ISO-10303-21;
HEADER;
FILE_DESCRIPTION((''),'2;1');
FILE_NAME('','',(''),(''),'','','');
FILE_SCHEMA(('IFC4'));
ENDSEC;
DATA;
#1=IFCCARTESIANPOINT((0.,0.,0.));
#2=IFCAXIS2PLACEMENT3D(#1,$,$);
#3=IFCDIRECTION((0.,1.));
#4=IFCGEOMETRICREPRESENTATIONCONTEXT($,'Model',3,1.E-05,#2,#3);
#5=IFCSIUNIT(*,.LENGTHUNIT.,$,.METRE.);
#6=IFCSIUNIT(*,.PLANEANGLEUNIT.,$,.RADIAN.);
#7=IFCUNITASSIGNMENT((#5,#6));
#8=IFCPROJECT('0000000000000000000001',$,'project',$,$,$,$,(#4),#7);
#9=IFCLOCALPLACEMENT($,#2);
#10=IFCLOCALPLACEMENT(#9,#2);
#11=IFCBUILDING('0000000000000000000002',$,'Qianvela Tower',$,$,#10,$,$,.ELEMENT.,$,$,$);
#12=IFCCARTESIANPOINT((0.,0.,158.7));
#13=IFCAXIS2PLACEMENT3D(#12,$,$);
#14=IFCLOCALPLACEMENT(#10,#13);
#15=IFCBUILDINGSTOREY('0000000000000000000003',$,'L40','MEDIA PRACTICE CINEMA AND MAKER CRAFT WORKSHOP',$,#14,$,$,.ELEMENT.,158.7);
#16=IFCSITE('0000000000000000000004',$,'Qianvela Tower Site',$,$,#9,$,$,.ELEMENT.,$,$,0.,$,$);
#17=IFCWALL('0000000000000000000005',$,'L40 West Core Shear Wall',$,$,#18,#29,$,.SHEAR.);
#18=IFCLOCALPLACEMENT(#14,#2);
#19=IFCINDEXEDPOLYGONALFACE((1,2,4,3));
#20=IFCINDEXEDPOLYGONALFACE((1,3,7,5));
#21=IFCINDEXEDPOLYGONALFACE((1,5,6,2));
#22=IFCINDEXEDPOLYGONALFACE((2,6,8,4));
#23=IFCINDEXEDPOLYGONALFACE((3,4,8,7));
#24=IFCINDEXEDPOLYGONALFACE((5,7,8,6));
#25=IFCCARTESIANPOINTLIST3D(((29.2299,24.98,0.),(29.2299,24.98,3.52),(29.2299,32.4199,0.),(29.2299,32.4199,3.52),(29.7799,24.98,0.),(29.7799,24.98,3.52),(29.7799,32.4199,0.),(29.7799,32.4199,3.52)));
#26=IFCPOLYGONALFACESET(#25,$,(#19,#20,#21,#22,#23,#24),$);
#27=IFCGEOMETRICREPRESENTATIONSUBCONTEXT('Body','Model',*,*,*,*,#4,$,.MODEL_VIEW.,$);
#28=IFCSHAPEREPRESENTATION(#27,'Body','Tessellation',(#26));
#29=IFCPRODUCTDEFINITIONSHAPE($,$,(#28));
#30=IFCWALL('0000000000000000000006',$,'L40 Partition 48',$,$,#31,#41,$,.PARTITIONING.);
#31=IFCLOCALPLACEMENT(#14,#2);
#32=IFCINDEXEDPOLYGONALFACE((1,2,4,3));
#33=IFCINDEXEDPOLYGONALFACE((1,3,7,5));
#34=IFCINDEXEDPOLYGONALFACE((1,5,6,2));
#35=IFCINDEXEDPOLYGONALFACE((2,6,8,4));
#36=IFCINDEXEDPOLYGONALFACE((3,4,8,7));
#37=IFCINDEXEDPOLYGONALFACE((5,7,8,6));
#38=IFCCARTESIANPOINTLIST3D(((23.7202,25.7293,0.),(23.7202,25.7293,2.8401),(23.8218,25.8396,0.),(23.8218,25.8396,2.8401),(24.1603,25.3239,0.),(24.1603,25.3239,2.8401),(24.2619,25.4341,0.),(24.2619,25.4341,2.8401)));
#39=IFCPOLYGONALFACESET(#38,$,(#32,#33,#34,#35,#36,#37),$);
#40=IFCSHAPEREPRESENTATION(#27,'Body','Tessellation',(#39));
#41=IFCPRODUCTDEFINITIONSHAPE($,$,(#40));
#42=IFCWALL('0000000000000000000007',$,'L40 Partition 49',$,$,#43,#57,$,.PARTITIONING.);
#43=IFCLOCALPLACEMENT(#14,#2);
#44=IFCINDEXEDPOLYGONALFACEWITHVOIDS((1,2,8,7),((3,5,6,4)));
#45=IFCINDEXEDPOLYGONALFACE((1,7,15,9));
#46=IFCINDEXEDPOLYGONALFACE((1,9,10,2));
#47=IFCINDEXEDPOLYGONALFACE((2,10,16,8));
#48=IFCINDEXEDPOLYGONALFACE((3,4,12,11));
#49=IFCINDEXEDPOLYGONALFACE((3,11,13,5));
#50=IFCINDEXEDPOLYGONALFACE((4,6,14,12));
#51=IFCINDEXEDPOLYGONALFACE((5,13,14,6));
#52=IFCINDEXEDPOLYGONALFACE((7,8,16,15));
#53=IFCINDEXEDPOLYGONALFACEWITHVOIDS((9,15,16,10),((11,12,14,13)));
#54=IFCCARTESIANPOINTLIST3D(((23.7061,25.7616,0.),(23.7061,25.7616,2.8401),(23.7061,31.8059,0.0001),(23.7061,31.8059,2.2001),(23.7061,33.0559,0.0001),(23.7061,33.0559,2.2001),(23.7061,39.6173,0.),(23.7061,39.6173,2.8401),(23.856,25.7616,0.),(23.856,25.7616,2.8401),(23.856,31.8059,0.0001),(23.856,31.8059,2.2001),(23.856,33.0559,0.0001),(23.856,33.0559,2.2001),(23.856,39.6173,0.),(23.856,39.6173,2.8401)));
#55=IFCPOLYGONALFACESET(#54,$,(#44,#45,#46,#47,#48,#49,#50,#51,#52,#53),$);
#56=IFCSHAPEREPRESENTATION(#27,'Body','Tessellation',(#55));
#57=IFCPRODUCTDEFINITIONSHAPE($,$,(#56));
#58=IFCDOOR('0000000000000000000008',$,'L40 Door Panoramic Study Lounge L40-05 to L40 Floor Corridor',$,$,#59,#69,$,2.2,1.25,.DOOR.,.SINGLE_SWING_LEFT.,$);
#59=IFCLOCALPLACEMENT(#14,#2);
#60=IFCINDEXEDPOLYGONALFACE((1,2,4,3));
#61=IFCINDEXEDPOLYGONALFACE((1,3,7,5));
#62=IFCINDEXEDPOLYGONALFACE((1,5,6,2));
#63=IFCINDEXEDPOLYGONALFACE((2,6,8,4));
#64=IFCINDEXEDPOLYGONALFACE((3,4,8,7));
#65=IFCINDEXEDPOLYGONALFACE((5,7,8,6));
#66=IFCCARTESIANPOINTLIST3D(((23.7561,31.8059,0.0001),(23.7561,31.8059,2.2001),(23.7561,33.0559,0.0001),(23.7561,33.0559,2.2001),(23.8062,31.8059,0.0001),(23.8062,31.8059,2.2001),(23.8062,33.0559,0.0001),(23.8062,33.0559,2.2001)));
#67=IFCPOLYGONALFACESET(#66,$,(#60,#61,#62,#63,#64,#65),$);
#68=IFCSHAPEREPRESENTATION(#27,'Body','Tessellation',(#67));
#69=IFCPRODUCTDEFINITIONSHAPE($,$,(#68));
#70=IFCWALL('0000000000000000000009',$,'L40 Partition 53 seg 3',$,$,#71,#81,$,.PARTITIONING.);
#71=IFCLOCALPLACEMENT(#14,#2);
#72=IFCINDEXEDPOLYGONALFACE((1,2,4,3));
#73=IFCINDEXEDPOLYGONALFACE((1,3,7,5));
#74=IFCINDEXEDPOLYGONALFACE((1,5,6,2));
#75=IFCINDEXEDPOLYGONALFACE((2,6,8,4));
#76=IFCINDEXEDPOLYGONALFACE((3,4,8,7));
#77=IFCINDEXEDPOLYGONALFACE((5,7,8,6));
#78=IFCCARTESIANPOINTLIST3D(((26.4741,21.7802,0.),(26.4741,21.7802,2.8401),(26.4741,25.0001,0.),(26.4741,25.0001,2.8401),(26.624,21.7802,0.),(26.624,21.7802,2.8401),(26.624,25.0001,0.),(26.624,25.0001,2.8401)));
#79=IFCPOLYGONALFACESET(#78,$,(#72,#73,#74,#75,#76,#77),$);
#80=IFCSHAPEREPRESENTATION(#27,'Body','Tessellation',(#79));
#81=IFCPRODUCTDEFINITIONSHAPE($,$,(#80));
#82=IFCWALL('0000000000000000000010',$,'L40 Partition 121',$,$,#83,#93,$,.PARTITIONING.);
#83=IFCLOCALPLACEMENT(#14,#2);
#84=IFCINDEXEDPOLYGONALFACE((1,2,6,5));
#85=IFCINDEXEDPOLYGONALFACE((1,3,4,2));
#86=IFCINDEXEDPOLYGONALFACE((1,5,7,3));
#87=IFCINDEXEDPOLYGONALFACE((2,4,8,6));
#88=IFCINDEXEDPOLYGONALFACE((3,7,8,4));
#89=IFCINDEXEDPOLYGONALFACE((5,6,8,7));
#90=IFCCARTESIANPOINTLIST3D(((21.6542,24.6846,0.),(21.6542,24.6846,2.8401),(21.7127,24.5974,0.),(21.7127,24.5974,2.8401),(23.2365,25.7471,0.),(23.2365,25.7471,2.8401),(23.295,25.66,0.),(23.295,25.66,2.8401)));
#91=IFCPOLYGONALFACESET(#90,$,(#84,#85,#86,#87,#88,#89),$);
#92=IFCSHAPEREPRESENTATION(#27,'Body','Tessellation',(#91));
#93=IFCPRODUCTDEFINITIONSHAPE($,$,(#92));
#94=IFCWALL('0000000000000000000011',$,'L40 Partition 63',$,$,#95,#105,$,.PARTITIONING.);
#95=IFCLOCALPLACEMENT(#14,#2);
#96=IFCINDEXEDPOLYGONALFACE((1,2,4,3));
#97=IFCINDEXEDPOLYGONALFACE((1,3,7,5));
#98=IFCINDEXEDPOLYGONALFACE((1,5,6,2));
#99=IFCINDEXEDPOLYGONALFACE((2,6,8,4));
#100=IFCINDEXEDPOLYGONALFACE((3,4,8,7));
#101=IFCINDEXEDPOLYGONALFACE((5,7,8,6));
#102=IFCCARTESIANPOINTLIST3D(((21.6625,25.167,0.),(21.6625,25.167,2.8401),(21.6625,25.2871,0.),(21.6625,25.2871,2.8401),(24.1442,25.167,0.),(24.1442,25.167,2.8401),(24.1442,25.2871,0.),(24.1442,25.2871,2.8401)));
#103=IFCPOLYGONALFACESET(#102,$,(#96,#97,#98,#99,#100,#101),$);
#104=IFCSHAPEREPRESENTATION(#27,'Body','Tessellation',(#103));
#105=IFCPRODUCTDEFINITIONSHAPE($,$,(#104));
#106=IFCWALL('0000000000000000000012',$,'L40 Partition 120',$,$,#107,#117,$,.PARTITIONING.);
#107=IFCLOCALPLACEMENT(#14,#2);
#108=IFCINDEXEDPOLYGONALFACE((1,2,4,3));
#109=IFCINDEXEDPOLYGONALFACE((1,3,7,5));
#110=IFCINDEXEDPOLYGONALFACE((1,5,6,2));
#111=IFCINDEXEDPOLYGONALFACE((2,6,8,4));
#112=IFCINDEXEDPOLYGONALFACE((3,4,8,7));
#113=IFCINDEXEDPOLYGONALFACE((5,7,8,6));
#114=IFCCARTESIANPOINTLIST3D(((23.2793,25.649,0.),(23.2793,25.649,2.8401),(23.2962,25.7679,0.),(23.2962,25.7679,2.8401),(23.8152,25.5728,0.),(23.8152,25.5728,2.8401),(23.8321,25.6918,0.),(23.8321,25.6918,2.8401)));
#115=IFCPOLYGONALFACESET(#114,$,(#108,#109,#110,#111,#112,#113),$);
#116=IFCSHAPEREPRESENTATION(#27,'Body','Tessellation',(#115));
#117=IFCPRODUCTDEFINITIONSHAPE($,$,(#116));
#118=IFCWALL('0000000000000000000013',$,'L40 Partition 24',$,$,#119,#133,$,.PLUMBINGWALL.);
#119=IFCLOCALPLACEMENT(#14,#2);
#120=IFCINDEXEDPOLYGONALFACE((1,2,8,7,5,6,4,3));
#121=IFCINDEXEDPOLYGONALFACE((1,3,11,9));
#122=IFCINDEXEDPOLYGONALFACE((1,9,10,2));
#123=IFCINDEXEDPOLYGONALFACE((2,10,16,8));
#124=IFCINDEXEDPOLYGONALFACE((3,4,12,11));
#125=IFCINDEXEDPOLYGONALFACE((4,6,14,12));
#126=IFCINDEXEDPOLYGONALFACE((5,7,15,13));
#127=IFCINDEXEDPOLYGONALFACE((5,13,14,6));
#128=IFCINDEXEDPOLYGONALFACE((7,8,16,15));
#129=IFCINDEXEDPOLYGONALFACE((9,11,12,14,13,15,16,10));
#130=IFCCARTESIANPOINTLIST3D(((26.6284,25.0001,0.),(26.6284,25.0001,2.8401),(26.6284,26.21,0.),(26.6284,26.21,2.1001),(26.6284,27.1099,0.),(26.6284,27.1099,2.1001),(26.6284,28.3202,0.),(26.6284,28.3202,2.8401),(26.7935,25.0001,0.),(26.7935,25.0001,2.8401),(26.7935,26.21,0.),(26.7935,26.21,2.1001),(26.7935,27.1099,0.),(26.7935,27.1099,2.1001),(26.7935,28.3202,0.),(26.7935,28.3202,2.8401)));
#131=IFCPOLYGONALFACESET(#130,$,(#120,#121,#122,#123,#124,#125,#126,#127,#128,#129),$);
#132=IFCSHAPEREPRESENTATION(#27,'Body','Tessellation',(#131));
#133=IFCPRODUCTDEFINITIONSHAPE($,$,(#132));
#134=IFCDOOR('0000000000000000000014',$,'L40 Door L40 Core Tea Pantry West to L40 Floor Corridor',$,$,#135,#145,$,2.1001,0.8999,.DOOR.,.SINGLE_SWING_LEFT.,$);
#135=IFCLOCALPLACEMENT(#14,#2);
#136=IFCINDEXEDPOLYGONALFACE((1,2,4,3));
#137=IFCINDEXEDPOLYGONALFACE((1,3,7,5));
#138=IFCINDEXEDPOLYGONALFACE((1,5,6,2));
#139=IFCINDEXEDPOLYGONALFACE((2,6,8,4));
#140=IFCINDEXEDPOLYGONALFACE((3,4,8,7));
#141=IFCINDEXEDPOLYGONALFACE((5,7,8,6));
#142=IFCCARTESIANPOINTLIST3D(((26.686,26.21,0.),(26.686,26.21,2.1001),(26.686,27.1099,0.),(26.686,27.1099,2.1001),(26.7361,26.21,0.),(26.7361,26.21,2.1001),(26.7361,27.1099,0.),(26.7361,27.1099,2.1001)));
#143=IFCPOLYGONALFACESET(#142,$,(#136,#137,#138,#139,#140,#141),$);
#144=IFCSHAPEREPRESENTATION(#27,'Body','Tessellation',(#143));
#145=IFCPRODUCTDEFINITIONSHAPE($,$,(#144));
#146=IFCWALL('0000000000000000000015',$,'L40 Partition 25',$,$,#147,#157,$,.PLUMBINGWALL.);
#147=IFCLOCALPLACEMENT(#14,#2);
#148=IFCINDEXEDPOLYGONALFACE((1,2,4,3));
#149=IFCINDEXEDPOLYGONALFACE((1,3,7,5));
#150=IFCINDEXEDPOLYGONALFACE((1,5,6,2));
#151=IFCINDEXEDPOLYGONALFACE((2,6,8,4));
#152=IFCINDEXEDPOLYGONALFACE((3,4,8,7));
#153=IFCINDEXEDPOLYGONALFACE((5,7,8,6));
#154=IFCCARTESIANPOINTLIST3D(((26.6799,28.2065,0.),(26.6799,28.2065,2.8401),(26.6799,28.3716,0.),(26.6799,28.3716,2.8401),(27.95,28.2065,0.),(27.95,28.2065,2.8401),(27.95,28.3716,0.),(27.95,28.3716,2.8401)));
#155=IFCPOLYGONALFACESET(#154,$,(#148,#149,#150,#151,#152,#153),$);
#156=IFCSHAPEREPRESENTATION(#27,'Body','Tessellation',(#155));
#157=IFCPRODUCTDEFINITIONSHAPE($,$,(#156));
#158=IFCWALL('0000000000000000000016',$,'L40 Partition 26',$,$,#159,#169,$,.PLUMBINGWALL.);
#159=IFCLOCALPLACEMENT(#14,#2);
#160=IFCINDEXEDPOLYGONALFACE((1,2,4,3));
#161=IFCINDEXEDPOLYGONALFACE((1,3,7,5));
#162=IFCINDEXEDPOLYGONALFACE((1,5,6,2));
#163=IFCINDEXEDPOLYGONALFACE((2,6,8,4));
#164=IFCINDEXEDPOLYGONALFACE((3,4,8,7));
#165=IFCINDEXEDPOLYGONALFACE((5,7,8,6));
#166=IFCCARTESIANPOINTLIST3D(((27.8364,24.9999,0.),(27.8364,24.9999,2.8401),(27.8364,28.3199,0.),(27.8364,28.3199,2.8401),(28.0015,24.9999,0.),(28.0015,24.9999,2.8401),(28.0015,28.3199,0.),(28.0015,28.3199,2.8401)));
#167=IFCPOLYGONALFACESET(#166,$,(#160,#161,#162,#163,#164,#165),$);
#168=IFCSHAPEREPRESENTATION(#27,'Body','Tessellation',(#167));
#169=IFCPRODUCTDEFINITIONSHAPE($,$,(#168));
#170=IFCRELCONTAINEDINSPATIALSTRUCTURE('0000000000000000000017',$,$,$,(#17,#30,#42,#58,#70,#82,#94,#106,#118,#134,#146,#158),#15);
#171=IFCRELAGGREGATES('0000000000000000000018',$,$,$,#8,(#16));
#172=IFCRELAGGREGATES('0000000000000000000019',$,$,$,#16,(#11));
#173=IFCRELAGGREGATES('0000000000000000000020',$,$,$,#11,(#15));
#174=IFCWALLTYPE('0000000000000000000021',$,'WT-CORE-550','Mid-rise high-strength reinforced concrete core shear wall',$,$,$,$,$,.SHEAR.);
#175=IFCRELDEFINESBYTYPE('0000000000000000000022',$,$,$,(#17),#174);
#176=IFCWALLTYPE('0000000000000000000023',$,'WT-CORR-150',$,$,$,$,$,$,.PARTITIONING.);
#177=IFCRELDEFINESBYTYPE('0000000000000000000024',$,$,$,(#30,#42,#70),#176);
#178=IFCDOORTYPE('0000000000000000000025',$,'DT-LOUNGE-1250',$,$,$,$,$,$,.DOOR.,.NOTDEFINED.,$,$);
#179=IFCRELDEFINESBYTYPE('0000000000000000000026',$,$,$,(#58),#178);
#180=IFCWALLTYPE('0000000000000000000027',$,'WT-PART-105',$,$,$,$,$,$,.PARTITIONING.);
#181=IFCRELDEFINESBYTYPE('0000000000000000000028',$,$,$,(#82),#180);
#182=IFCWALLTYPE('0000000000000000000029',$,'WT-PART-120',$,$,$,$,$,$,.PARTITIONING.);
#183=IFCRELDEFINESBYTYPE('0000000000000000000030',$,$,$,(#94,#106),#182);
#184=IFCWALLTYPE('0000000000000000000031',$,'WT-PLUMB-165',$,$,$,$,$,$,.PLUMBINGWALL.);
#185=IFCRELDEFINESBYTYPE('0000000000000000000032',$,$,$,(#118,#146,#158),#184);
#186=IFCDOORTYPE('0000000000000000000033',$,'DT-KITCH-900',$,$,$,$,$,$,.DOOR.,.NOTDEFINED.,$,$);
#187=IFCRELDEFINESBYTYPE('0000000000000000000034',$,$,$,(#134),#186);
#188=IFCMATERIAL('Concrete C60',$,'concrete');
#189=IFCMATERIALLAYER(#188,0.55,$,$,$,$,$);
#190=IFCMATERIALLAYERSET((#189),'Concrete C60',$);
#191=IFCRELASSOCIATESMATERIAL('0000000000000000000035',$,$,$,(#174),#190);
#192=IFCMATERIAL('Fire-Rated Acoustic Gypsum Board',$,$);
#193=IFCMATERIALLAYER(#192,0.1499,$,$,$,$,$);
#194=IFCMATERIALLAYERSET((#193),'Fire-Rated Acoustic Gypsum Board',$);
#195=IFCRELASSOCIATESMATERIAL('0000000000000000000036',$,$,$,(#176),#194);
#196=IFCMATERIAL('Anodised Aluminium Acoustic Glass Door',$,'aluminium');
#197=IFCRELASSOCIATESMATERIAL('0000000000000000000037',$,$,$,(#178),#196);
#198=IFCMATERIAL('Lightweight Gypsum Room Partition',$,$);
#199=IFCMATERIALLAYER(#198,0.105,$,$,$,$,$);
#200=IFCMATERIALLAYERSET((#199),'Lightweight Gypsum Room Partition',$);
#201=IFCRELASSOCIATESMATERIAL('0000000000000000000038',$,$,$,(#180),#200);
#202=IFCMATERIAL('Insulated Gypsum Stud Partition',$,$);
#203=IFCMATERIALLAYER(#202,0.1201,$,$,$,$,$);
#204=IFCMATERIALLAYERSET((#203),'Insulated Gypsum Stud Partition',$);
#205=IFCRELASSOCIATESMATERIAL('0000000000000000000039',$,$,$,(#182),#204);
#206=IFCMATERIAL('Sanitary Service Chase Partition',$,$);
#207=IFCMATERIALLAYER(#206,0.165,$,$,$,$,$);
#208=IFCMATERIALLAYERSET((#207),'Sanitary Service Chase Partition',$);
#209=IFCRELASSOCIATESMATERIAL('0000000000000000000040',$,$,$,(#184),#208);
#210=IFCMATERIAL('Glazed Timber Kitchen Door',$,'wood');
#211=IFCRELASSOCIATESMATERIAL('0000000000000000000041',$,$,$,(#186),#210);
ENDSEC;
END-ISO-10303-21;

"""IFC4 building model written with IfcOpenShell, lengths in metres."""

from ifc_helpers import new_model, si_unit, direction, frame, frame_2d, origin, place, context, subcontext, project, spatial, rectangle, extrude, material, layer, layer_set, type_object, element, fill, save


model = new_model("IFC4")

# Units and contexts
model_context = context("Model", 3, precision=1e-05, world=origin(), true_north=direction((0.0, 1.0)))
body_context = subcontext(model_context, "Body", "Model", "MODEL_VIEW")
ifc_project = project(units=[si_unit("LENGTHUNIT", "METRE"), si_unit("PLANEANGLEUNIT", "RADIAN")], contexts=[model_context])

# Site, building, storey
site_placement = place(None, origin())
site = spatial("IfcSite", under=ifc_project, at=site_placement, Name="Qianvela Tower Site", CompositionType="ELEMENT", RefElevation=0.0)
building_placement = place(site_placement, origin())
building = spatial("IfcBuilding", under=site, at=building_placement, Name="Qianvela Tower", CompositionType="ELEMENT")
storey_placement = place(building_placement, frame((0.0, 0.0, 158.7)))
storey = spatial("IfcBuildingStorey", under=building, at=storey_placement, Name="L40", Description="MEDIA PRACTICE CINEMA AND MAKER CRAFT WORKSHOP", CompositionType="ELEMENT", Elevation=158.7)

# Walls
ifc_material_1 = material(Name="Concrete C60", Category="concrete")
ifc_layer_1 = layer(ifc_material_1, 0.55)
ifc_layer_set_1 = layer_set([ifc_layer_1], Name="Concrete C60")
wall_type_1 = type_object("IfcWallType", Name="WT-CORE-550", Description="Mid-rise high-strength reinforced concrete core shear wall", PredefinedType="SHEAR", material=ifc_layer_set_1)
wall_1_placement = place(storey_placement, frame((29.5049, 24.98, 0.0), z_axis=(0.0, 0.0, 1.0), x_axis=(0.0, 1.0, 0.0)))
element("IfcWall", 1, at=wall_1_placement, inside=storey, type_object=wall_type_1, Name="L40 West Core Shear Wall", PredefinedType="SHEAR", context=body_context, shape_type="SweptSolid", body=[
    extrude(rectangle(XDim=7.4399, YDim=0.55, at=frame_2d((3.72, 0.0))), origin(), (0.0, 0.0, 1.0), 3.52),
])
ifc_material_2 = material(Name="Fire-Rated Acoustic Gypsum Board")
ifc_layer_2 = layer(ifc_material_2, 0.1499)
ifc_layer_set_2 = layer_set([ifc_layer_2], Name="Fire-Rated Acoustic Gypsum Board")
wall_type_2 = type_object("IfcWallType", Name="WT-CORR-150", PredefinedType="PARTITIONING", material=ifc_layer_set_2)
wall_2_placement = place(storey_placement, frame((24.2112, 25.3789, 0.0), z_axis=(0.0, 0.0, 1.0), x_axis=(-0.735476, 0.677551, 0.0)))
element("IfcWall", 2, at=wall_2_placement, inside=storey, type_object=wall_type_2, Name="L40 Partition 48", PredefinedType="PARTITIONING", context=body_context, shape_type="SweptSolid", body=[
    extrude(rectangle(XDim=0.5984, YDim=0.1499, at=frame_2d((0.2993, 0.0))), origin(), (0.0, 0.0, 1.0), 2.8401),
])

# Wall, opening, door
wall_3_placement = place(storey_placement, frame((23.781, 25.7617, 0.0), z_axis=(0.0, 0.0, 1.0), x_axis=(0.0, 1.0, 0.0)))
wall_3 = element("IfcWall", 3, at=wall_3_placement, inside=storey, type_object=wall_type_2, Name="L40 Partition 49", PredefinedType="PARTITIONING", context=body_context, shape_type="SweptSolid", body=[
    extrude(rectangle(XDim=13.8557, YDim=0.1499, at=frame_2d((6.9277, 0.0))), origin(), (0.0, 0.0, 1.0), 2.8401),
])
opening_1_placement = place(wall_3_placement, frame((6.0442, 0.0, 0.0)))
opening_1 = element("IfcOpeningElement", 4, at=opening_1_placement, cuts=wall_3, PredefinedType="OPENING", context=body_context, shape_type="SweptSolid", body=[
    extrude(rectangle(XDim=1.25, YDim=2.2, at=frame_2d((0.625, 1.1001))), frame((0.0, 0.085, 0.0), z_axis=(0.0, -1.0, 0.0), x_axis=(1.0, 0.0, 0.0)), (0.0, 0.0, 1.0), 0.1699),
])
ifc_material_3 = material(Name="Anodised Aluminium Acoustic Glass Door", Category="aluminium")
door_type_1 = type_object("IfcDoorType", Name="DT-LOUNGE-1250", OperationType="NOTDEFINED", PredefinedType="DOOR", material=ifc_material_3)
door_1_placement = place(opening_1_placement, origin())
door_1 = element("IfcDoor", 5, at=door_1_placement, inside=storey, type_object=door_type_1, Name="L40 Door Panoramic Study Lounge L40-05 to L40 Floor Corridor", OperationType="SINGLE_SWING_LEFT", OverallHeight=2.2, OverallWidth=1.25, PredefinedType="DOOR", context=body_context, shape_type="SweptSolid", body=[
    extrude(rectangle(XDim=1.25, YDim=2.2, at=frame_2d((0.625, 1.1001))), frame((0.0, 0.0249, 0.0), z_axis=(0.0, -1.0, 0.0), x_axis=(1.0, 0.0, 0.0)), (0.0, 0.0, 1.0), 0.05),
])
fill(opening_1, door_1)

# Walls
wall_4_placement = place(storey_placement, frame((26.5491, 25.0, 0.0), z_axis=(0.0, 0.0, 1.0), x_axis=(0.0, -1.0, 0.0)))
element("IfcWall", 6, at=wall_4_placement, inside=storey, type_object=wall_type_2, Name="L40 Partition 53 seg 3", PredefinedType="PARTITIONING", context=body_context, shape_type="SweptSolid", body=[
    extrude(rectangle(XDim=3.22, YDim=0.1499, at=frame_2d((1.6099, 0.0))), origin(), (0.0, 0.0, 1.0), 2.8401),
])
ifc_material_4 = material(Name="Lightweight Gypsum Room Partition")
ifc_layer_3 = layer(ifc_material_4, 0.105)
ifc_layer_set_3 = layer_set([ifc_layer_3], Name="Lightweight Gypsum Room Partition")
wall_type_3 = type_object("IfcWallType", Name="WT-PART-105", PredefinedType="PARTITIONING", material=ifc_layer_set_3)
wall_5_placement = place(storey_placement, frame((23.2659, 25.7036, 0.0), z_axis=(0.0, 0.0, 1.0), x_axis=(-0.830193, -0.557476, 0.0)))
element("IfcWall", 7, at=wall_5_placement, inside=storey, type_object=wall_type_3, Name="L40 Partition 121", PredefinedType="PARTITIONING", context=body_context, shape_type="SweptSolid", body=[
    extrude(rectangle(XDim=1.906, YDim=0.105, at=frame_2d((0.9531, 0.0))), origin(), (0.0, 0.0, 1.0), 2.8401),
])
ifc_material_5 = material(Name="Insulated Gypsum Stud Partition")
ifc_layer_4 = layer(ifc_material_5, 0.1201)
ifc_layer_set_4 = layer_set([ifc_layer_4], Name="Insulated Gypsum Stud Partition")
wall_type_4 = type_object("IfcWallType", Name="WT-PART-120", PredefinedType="PARTITIONING", material=ifc_layer_set_4)
wall_6_placement = place(storey_placement, frame((21.6626, 25.2271, 0.0), z_axis=(0.0, 0.0, 1.0), x_axis=(1.0, 0.0, 0.0)))
element("IfcWall", 8, at=wall_6_placement, inside=storey, type_object=wall_type_4, Name="L40 Partition 63", PredefinedType="PARTITIONING", context=body_context, shape_type="SweptSolid", body=[
    extrude(rectangle(XDim=2.4817, YDim=0.1201, at=frame_2d((1.2407, 0.0))), origin(), (0.0, 0.0, 1.0), 2.8401),
])
wall_7_placement = place(storey_placement, frame((23.8235, 25.6323, 0.0), z_axis=(0.0, 0.0, 1.0), x_axis=(-0.990048, 0.140727, 0.0)))
element("IfcWall", 9, at=wall_7_placement, inside=storey, type_object=wall_type_4, Name="L40 Partition 120", PredefinedType="PARTITIONING", context=body_context, shape_type="SweptSolid", body=[
    extrude(rectangle(XDim=0.5413, YDim=0.1201, at=frame_2d((0.2705, 0.0))), origin(), (0.0, 0.0, 1.0), 2.8401),
])

# Wall, opening, door
ifc_material_6 = material(Name="Sanitary Service Chase Partition")
ifc_layer_5 = layer(ifc_material_6, 0.165)
ifc_layer_set_5 = layer_set([ifc_layer_5], Name="Sanitary Service Chase Partition")
wall_type_5 = type_object("IfcWallType", Name="WT-PLUMB-165", PredefinedType="PLUMBINGWALL", material=ifc_layer_set_5)
wall_8_placement = place(storey_placement, frame((26.7109, 25.0, 0.0), z_axis=(0.0, 0.0, 1.0), x_axis=(0.0, 1.0, 0.0)))
wall_8 = element("IfcWall", 10, at=wall_8_placement, inside=storey, type_object=wall_type_5, Name="L40 Partition 24", PredefinedType="PLUMBINGWALL", context=body_context, shape_type="SweptSolid", body=[
    extrude(rectangle(XDim=3.3201, YDim=0.165, at=frame_2d((1.6602, 0.0))), origin(), (0.0, 0.0, 1.0), 2.8401),
])
opening_2_placement = place(wall_8_placement, frame((1.21, 0.0, 0.0)))
opening_2 = element("IfcOpeningElement", 11, at=opening_2_placement, cuts=wall_8, PredefinedType="OPENING", context=body_context, shape_type="SweptSolid", body=[
    extrude(rectangle(XDim=0.8999, YDim=2.1001, at=frame_2d((0.45, 1.05))), frame((0.0, 0.0925, 0.0), z_axis=(0.0, -1.0, 0.0), x_axis=(1.0, 0.0, 0.0)), (0.0, 0.0, 1.0), 0.1851),
])
ifc_material_7 = material(Name="Glazed Timber Kitchen Door", Category="wood")
door_type_2 = type_object("IfcDoorType", Name="DT-KITCH-900", OperationType="NOTDEFINED", PredefinedType="DOOR", material=ifc_material_7)
door_2_placement = place(opening_2_placement, origin())
door_2 = element("IfcDoor", 12, at=door_2_placement, inside=storey, type_object=door_type_2, Name="L40 Door L40 Core Tea Pantry West to L40 Floor Corridor", OperationType="SINGLE_SWING_LEFT", OverallHeight=2.1001, OverallWidth=0.8999, PredefinedType="DOOR", context=body_context, shape_type="SweptSolid", body=[
    extrude(rectangle(XDim=0.8999, YDim=2.1001, at=frame_2d((0.45, 1.05))), frame((0.0, 0.0249, 0.0), z_axis=(0.0, -1.0, 0.0), x_axis=(1.0, 0.0, 0.0)), (0.0, 0.0, 1.0), 0.05),
])
fill(opening_2, door_2)

# Walls
wall_9_placement = place(storey_placement, frame((26.6799, 28.2891, 0.0), z_axis=(0.0, 0.0, 1.0), x_axis=(1.0, 0.0, 0.0)))
element("IfcWall", 13, at=wall_9_placement, inside=storey, type_object=wall_type_5, Name="L40 Partition 25", PredefinedType="PLUMBINGWALL", context=body_context, shape_type="SweptSolid", body=[
    extrude(rectangle(XDim=1.27, YDim=0.165, at=frame_2d((0.635, 0.0))), origin(), (0.0, 0.0, 1.0), 2.8401),
])
wall_10_placement = place(storey_placement, frame((27.9189, 28.3201, 0.0), z_axis=(0.0, 0.0, 1.0), x_axis=(0.0, -1.0, 0.0)))
element("IfcWall", 14, at=wall_10_placement, inside=storey, type_object=wall_type_5, Name="L40 Partition 26", PredefinedType="PLUMBINGWALL", context=body_context, shape_type="SweptSolid", body=[
    extrude(rectangle(XDim=3.3201, YDim=0.165, at=frame_2d((1.6602, 0.0))), origin(), (0.0, 0.0, 1.0), 2.8401),
])

save(model, "model.ifc")
